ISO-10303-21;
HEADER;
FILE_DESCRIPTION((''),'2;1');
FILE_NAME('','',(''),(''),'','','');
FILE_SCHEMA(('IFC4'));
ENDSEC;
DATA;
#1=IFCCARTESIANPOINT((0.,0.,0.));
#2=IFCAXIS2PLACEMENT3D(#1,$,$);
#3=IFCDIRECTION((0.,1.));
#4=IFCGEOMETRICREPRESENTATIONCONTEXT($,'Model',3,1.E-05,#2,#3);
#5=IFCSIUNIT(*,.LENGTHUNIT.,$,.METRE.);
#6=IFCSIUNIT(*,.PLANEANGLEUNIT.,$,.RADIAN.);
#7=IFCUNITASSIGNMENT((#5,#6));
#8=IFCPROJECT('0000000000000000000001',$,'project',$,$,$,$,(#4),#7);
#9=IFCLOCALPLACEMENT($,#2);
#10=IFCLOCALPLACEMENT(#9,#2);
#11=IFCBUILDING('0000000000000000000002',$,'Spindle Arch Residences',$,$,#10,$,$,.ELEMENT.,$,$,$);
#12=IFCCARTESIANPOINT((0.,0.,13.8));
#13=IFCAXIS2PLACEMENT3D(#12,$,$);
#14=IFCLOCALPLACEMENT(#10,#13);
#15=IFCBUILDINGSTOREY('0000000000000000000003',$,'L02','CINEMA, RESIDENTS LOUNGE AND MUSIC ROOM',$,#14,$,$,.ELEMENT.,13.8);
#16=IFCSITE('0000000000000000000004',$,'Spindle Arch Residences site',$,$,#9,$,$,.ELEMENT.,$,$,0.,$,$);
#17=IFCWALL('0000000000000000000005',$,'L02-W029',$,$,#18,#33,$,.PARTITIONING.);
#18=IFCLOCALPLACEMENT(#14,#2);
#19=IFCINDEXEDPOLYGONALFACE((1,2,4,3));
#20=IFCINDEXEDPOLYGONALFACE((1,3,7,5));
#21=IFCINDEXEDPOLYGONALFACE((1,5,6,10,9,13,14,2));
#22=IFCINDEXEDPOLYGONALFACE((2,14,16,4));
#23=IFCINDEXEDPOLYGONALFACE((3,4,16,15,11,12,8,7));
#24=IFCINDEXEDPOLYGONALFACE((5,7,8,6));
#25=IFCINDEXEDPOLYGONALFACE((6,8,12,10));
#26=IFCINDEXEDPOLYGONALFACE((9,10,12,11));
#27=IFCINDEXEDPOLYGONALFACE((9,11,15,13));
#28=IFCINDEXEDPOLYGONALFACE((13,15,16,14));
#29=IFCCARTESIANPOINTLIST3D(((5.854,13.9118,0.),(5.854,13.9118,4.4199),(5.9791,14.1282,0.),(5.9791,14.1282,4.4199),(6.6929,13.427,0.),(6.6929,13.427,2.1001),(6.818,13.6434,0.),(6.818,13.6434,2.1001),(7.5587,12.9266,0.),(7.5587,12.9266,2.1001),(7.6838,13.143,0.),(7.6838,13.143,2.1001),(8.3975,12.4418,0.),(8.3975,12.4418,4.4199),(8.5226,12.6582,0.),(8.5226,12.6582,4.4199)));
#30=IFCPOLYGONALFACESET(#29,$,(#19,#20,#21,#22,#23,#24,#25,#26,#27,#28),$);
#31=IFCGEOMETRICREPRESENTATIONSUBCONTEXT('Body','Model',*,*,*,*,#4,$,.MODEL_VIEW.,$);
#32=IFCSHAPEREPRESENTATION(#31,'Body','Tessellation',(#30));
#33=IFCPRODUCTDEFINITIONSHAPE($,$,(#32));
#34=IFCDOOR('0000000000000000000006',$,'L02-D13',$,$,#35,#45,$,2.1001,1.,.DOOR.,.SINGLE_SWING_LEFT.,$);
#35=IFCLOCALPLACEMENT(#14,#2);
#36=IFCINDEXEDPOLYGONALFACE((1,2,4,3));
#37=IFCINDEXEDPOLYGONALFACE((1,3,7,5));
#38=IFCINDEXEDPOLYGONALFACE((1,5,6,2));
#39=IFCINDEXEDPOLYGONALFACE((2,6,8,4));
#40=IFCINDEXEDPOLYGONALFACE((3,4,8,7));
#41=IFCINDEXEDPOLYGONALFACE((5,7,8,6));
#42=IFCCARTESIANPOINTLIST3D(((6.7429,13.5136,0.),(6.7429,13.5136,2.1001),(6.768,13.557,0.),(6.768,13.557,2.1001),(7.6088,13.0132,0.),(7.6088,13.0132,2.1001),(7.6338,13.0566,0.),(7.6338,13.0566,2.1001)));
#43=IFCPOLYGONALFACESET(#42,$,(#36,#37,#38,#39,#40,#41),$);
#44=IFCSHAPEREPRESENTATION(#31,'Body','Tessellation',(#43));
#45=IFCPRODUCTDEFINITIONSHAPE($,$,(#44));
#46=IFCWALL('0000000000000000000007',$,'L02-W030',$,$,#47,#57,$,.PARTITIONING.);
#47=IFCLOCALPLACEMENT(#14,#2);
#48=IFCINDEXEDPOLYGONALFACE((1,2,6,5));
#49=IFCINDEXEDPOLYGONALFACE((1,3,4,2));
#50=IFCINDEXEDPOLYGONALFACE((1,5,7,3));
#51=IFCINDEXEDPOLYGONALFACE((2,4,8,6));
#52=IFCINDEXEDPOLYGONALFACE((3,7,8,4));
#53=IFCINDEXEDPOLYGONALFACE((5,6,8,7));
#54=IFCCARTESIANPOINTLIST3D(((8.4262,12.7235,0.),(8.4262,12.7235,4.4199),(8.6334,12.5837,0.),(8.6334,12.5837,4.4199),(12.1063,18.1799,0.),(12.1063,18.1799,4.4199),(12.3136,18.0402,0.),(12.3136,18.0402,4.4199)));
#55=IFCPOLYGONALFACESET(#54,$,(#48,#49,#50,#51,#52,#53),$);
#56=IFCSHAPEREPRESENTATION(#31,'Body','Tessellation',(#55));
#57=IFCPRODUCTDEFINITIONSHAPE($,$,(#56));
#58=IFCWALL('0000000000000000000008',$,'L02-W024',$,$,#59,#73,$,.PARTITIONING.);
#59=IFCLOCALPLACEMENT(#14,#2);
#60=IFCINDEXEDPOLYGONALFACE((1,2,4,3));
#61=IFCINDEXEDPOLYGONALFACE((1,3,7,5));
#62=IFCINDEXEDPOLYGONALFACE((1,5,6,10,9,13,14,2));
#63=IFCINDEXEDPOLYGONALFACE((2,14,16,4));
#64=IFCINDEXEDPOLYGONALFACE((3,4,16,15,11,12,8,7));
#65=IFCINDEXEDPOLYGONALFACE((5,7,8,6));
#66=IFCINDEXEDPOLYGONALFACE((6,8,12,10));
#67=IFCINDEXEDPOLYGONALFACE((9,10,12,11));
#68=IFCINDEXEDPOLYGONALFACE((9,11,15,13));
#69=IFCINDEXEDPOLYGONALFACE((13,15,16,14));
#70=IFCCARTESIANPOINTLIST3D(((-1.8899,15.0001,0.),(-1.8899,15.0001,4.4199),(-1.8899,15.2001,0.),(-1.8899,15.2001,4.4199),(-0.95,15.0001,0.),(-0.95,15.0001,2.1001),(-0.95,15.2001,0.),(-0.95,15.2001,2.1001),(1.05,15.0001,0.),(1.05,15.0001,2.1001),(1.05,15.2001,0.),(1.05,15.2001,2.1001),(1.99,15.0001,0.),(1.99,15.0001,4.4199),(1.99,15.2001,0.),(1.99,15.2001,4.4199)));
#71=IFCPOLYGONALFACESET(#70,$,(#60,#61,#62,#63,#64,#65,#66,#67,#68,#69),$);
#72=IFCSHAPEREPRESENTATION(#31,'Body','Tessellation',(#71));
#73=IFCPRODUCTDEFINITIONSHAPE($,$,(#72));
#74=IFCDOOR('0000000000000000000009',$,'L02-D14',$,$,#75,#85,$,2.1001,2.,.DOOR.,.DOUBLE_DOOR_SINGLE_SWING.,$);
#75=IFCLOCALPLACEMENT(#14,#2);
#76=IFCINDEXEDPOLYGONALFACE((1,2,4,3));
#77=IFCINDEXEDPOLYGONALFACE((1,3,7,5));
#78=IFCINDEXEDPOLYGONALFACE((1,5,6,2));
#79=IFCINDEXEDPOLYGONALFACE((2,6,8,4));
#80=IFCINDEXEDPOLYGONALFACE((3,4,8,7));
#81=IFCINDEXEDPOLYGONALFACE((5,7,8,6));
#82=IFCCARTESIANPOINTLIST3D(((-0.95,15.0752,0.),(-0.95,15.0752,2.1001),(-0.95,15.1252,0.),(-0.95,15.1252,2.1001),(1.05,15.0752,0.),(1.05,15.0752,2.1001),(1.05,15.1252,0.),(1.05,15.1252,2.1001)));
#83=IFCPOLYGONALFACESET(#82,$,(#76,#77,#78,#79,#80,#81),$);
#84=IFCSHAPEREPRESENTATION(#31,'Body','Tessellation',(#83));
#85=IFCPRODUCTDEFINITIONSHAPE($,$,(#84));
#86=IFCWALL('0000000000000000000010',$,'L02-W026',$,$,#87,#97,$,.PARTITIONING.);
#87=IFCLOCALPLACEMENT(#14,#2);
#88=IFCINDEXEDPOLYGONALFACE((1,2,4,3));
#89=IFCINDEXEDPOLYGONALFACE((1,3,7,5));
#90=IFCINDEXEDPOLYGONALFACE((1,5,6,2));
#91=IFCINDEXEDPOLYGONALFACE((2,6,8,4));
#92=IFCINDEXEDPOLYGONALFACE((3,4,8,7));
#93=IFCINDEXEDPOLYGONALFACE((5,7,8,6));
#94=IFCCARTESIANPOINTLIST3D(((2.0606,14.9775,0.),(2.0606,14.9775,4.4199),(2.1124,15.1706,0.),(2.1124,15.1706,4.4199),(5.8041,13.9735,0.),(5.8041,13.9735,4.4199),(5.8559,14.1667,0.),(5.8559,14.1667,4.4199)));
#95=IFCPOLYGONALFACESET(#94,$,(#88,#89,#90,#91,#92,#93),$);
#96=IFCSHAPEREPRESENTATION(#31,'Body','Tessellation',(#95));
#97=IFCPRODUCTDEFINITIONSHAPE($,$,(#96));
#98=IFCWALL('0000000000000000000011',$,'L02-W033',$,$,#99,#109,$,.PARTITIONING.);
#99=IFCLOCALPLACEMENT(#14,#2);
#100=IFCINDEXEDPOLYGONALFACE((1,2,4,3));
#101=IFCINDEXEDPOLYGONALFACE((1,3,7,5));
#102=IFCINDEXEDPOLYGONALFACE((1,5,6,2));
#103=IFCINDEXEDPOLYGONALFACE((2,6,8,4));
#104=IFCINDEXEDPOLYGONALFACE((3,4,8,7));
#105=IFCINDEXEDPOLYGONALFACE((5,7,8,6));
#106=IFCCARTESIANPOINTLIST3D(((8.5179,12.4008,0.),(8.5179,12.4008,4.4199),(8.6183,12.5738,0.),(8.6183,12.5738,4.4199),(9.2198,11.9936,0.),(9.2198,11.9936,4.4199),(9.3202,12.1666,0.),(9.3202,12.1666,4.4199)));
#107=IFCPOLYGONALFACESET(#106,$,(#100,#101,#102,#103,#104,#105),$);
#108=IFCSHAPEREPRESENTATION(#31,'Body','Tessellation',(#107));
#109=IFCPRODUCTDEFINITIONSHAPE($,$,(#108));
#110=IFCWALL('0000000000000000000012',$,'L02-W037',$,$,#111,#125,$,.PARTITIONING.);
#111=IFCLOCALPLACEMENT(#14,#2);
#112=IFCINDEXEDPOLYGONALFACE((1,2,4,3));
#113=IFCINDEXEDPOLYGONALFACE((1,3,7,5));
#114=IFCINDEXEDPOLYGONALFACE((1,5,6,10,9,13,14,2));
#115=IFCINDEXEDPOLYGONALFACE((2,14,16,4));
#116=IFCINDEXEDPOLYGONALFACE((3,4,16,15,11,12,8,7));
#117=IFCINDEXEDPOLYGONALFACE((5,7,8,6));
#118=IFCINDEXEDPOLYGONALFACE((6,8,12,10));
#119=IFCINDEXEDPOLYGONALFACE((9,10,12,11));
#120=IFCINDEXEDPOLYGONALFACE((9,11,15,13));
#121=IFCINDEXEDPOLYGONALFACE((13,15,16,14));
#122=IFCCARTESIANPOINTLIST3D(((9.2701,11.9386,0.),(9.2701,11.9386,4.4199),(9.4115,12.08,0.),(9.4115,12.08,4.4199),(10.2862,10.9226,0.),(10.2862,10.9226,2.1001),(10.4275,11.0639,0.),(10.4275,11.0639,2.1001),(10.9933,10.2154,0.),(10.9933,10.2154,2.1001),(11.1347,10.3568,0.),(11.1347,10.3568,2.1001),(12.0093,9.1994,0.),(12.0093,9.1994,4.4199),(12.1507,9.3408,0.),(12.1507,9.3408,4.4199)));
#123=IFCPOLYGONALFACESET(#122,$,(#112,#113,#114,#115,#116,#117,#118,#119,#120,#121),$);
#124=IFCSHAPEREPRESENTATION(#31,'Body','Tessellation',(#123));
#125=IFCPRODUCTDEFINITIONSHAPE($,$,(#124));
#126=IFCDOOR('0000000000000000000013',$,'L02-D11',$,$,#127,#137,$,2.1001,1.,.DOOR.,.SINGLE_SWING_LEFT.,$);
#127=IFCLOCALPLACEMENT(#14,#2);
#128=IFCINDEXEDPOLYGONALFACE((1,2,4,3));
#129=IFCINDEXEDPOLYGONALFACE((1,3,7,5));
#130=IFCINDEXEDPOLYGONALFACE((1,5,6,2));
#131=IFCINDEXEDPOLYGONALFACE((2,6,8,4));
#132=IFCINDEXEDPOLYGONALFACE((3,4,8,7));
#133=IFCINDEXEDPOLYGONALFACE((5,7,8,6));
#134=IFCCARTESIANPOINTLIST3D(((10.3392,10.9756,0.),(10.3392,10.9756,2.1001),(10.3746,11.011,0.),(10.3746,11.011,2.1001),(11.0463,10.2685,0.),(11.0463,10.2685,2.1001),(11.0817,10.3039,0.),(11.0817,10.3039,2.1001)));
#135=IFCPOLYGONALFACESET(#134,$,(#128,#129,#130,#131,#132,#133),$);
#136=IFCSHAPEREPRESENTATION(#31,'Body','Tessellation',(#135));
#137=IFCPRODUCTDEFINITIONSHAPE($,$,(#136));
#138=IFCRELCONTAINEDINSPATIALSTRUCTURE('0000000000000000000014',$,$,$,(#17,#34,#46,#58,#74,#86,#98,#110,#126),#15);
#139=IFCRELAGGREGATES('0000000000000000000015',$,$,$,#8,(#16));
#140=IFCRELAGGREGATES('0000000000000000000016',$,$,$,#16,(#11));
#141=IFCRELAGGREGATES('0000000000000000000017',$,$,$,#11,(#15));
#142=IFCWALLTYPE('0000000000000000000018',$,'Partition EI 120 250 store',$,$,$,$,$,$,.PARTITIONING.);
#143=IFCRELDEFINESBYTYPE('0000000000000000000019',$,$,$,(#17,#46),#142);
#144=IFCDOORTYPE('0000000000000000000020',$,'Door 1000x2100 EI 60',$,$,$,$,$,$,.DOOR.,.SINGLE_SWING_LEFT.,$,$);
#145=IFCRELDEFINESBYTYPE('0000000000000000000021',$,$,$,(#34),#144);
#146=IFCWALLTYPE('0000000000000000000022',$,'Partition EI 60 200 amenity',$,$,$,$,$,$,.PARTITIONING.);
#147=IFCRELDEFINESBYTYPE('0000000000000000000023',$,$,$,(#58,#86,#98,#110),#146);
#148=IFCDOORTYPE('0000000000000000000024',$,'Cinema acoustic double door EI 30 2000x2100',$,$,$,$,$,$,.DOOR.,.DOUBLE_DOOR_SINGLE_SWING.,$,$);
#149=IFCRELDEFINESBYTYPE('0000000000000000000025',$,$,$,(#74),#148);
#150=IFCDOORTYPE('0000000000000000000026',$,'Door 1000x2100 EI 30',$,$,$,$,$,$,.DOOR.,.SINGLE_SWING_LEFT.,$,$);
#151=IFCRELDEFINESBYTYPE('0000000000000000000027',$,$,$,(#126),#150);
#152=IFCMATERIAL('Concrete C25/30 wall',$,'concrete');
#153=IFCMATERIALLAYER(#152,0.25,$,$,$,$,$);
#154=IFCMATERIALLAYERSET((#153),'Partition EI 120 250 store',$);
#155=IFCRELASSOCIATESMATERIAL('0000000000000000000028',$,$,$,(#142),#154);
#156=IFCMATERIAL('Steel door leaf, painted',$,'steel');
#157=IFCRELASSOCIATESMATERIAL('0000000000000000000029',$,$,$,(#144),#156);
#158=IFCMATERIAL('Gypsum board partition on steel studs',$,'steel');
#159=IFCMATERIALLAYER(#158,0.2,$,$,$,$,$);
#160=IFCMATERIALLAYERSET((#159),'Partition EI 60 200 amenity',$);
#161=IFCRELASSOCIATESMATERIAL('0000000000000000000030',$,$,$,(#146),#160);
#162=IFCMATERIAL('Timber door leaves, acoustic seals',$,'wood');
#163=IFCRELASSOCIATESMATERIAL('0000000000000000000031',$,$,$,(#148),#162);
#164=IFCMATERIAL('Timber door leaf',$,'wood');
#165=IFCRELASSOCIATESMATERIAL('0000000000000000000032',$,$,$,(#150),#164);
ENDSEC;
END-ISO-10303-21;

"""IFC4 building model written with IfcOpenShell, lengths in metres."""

from ifc_helpers import new_model, si_unit, direction, frame, frame_2d, origin, place, context, subcontext, project, spatial, rectangle, extrude, material, layer, layer_set, type_object, element, fill, save


model = new_model("IFC4")

# Units and contexts
model_context = context("Model", 3, precision=1e-05, world=origin(), true_north=direction((0.0, 1.0)))
body_context = subcontext(model_context, "Body", "Model", "MODEL_VIEW")
ifc_project = project(units=[si_unit("LENGTHUNIT", "METRE"), si_unit("PLANEANGLEUNIT", "RADIAN")], contexts=[model_context])

# Site, building, storey
site_placement = place(None, origin())
site = spatial("IfcSite", under=ifc_project, at=site_placement, Name="Spindle Arch Residences site", CompositionType="ELEMENT", RefElevation=0.0)
building_placement = place(site_placement, origin())
building = spatial("IfcBuilding", under=site, at=building_placement, Name="Spindle Arch Residences", CompositionType="ELEMENT")
storey_placement = place(building_placement, frame((0.0, 0.0, 13.8)))
storey = spatial("IfcBuildingStorey", under=building, at=storey_placement, Name="L02", Description="CINEMA, RESIDENTS LOUNGE AND MUSIC ROOM", CompositionType="ELEMENT", Elevation=13.8)

# Wall, opening, door
ifc_material_1 = material(Name="Concrete C25/30 wall", Category="concrete")
ifc_layer_1 = layer(ifc_material_1, 0.25)
ifc_layer_set_1 = layer_set([ifc_layer_1], Name="Partition EI 120 250 store")
wall_type_1 = type_object("IfcWallType", Name="Partition EI 120 250 store", PredefinedType="PARTITIONING", material=ifc_layer_set_1)
wall_1_placement = place(storey_placement, frame((8.46, 12.55, 0.0), z_axis=(0.0, 0.0, 1.0), x_axis=(-0.865803, 0.500384, 0.0)))
wall_1 = element("IfcWall", 1, at=wall_1_placement, inside=storey, type_object=wall_type_1, Name="L02-W029", PredefinedType="PARTITIONING", context=body_context, shape_type="SweptSolid", body=[
    extrude(rectangle(XDim=2.9377, YDim=0.25, at=frame_2d((1.4688, 0.0))), origin(), (0.0, 0.0, 1.0), 4.4199),
])
opening_1_placement = place(wall_1_placement, frame((0.9688, 0.0, 0.0)))
opening_1 = element("IfcOpeningElement", 2, at=opening_1_placement, cuts=wall_1, PredefinedType="OPENING", context=body_context, shape_type="SweptSolid", body=[
    extrude(rectangle(XDim=1.0, YDim=2.1001, at=frame_2d((0.5, 1.05))), frame((0.0, 0.135, 0.0), z_axis=(0.0, -1.0, 0.0), x_axis=(1.0, 0.0, 0.0)), (0.0, 0.0, 1.0), 0.27),
])
ifc_material_2 = material(Name="Steel door leaf, painted", Category="steel")
door_type_1 = type_object("IfcDoorType", Name="Door 1000x2100 EI 60", OperationType="SINGLE_SWING_LEFT", PredefinedType="DOOR", material=ifc_material_2)
door_1_placement = place(opening_1_placement, origin())
door_1 = element("IfcDoor", 3, at=door_1_placement, inside=storey, type_object=door_type_1, Name="L02-D13", OperationType="SINGLE_SWING_LEFT", OverallHeight=2.1001, OverallWidth=1.0, PredefinedType="DOOR", context=body_context, shape_type="SweptSolid", body=[
    extrude(rectangle(XDim=1.0, YDim=2.1001, at=frame_2d((0.5, 1.05))), frame((0.0, 0.0249, 0.0), z_axis=(0.0, -1.0, 0.0), x_axis=(1.0, 0.0, 0.0)), (0.0, 0.0, 1.0), 0.05),
])
fill(opening_1, door_1)

# Wall
wall_2_placement = place(storey_placement, frame((8.5298, 12.6536, 0.0), z_axis=(0.0, 0.0, 1.0), x_axis=(0.559161, 0.829059, 0.0)))
element("IfcWall", 4, at=wall_2_placement, inside=storey, type_object=wall_type_1, Name="L02-W030", PredefinedType="PARTITIONING", context=body_context, shape_type="SweptSolid", body=[
    extrude(rectangle(XDim=6.5815, YDim=0.25, at=frame_2d((3.2908, 0.0))), origin(), (0.0, 0.0, 1.0), 4.4199),
])

# Wall, opening, door
ifc_material_3 = material(Name="Gypsum board partition on steel studs", Category="steel")
ifc_layer_2 = layer(ifc_material_3, 0.2)
ifc_layer_set_2 = layer_set([ifc_layer_2], Name="Partition EI 60 200 amenity")
wall_type_2 = type_object("IfcWallType", Name="Partition EI 60 200 amenity", PredefinedType="PARTITIONING", material=ifc_layer_set_2)
wall_3_placement = place(storey_placement, frame((1.99, 15.1001, 0.0), z_axis=(0.0, 0.0, 1.0), x_axis=(-1.0, 0.0, 0.0)))
wall_3 = element("IfcWall", 5, at=wall_3_placement, inside=storey, type_object=wall_type_2, Name="L02-W024", PredefinedType="PARTITIONING", context=body_context, shape_type="SweptSolid", body=[
    extrude(rectangle(XDim=3.8799, YDim=0.2, at=frame_2d((1.9399, 0.0))), origin(), (0.0, 0.0, 1.0), 4.4199),
])
opening_2_placement = place(wall_3_placement, frame((0.9399, 0.0, 0.0)))
opening_2 = element("IfcOpeningElement", 6, at=opening_2_placement, cuts=wall_3, PredefinedType="OPENING", context=body_context, shape_type="SweptSolid", body=[
    extrude(rectangle(XDim=2.0, YDim=2.1001, at=frame_2d((1.0, 1.05))), frame((0.0, 0.1099, 0.0), z_axis=(0.0, -1.0, 0.0), x_axis=(1.0, 0.0, 0.0)), (0.0, 0.0, 1.0), 0.22),
])
ifc_material_4 = material(Name="Timber door leaves, acoustic seals", Category="wood")
door_type_2 = type_object("IfcDoorType", Name="Cinema acoustic double door EI 30 2000x2100", OperationType="DOUBLE_DOOR_SINGLE_SWING", PredefinedType="DOOR", material=ifc_material_4)
door_2_placement = place(opening_2_placement, origin())
door_2 = element("IfcDoor", 7, at=door_2_placement, inside=storey, type_object=door_type_2, Name="L02-D14", OperationType="DOUBLE_DOOR_SINGLE_SWING", OverallHeight=2.1001, OverallWidth=2.0, PredefinedType="DOOR", context=body_context, shape_type="SweptSolid", body=[
    extrude(rectangle(XDim=2.0, YDim=2.1001, at=frame_2d((1.0, 1.05))), frame((0.0, 0.0249, 0.0), z_axis=(0.0, -1.0, 0.0), x_axis=(1.0, 0.0, 0.0)), (0.0, 0.0, 1.0), 0.05),
])
fill(opening_2, door_2)

# Walls
wall_4_placement = place(storey_placement, frame((5.8301, 14.0701, 0.0), z_axis=(0.0, 0.0, 1.0), x_axis=(-0.96587, 0.259027, 0.0)))
element("IfcWall", 8, at=wall_4_placement, inside=storey, type_object=wall_type_2, Name="L02-W026", PredefinedType="PARTITIONING", context=body_context, shape_type="SweptSolid", body=[
    extrude(rectangle(XDim=3.8757, YDim=0.2, at=frame_2d((1.938, 0.0))), origin(), (0.0, 0.0, 1.0), 4.4199),
])
wall_5_placement = place(storey_placement, frame((9.27, 12.0801, 0.0), z_axis=(0.0, 0.0, 1.0), x_axis=(-0.864966, 0.501831, 0.0)))
element("IfcWall", 9, at=wall_5_placement, inside=storey, type_object=wall_type_2, Name="L02-W033", PredefinedType="PARTITIONING", context=body_context, shape_type="SweptSolid", body=[
    extrude(rectangle(XDim=0.8115, YDim=0.2, at=frame_2d((0.4058, 0.0))), origin(), (0.0, 0.0, 1.0), 4.4199),
])

# Wall, opening, door
wall_6_placement = place(storey_placement, frame((12.0801, 9.27, 0.0), z_axis=(0.0, 0.0, 1.0), x_axis=(-0.707107, 0.707107, 0.0)))
wall_6 = element("IfcWall", 10, at=wall_6_placement, inside=storey, type_object=wall_type_2, Name="L02-W037", PredefinedType="PARTITIONING", context=body_context, shape_type="SweptSolid", body=[
    extrude(rectangle(XDim=3.8738, YDim=0.2, at=frame_2d((1.937, 0.0))), origin(), (0.0, 0.0, 1.0), 4.4199),
])
opening_3_placement = place(wall_6_placement, frame((1.437, 0.0, 0.0)))
opening_3 = element("IfcOpeningElement", 11, at=opening_3_placement, cuts=wall_6, PredefinedType="OPENING", context=body_context, shape_type="SweptSolid", body=[
    extrude(rectangle(XDim=1.0, YDim=2.1001, at=frame_2d((0.5, 1.05))), frame((0.0, 0.1099, 0.0), z_axis=(0.0, -1.0, 0.0), x_axis=(1.0, 0.0, 0.0)), (0.0, 0.0, 1.0), 0.22),
])
ifc_material_5 = material(Name="Timber door leaf", Category="wood")
door_type_3 = type_object("IfcDoorType", Name="Door 1000x2100 EI 30", OperationType="SINGLE_SWING_LEFT", PredefinedType="DOOR", material=ifc_material_5)
door_3_placement = place(opening_3_placement, origin())
door_3 = element("IfcDoor", 12, at=door_3_placement, inside=storey, type_object=door_type_3, Name="L02-D11", OperationType="SINGLE_SWING_LEFT", OverallHeight=2.1001, OverallWidth=1.0, PredefinedType="DOOR", context=body_context, shape_type="SweptSolid", body=[
    extrude(rectangle(XDim=1.0, YDim=2.1001, at=frame_2d((0.5, 1.05))), frame((0.0, 0.0249, 0.0), z_axis=(0.0, -1.0, 0.0), x_axis=(1.0, 0.0, 0.0)), (0.0, 0.0, 1.0), 0.05),
])
fill(opening_3, door_3)

save(model, "model.ifc")
